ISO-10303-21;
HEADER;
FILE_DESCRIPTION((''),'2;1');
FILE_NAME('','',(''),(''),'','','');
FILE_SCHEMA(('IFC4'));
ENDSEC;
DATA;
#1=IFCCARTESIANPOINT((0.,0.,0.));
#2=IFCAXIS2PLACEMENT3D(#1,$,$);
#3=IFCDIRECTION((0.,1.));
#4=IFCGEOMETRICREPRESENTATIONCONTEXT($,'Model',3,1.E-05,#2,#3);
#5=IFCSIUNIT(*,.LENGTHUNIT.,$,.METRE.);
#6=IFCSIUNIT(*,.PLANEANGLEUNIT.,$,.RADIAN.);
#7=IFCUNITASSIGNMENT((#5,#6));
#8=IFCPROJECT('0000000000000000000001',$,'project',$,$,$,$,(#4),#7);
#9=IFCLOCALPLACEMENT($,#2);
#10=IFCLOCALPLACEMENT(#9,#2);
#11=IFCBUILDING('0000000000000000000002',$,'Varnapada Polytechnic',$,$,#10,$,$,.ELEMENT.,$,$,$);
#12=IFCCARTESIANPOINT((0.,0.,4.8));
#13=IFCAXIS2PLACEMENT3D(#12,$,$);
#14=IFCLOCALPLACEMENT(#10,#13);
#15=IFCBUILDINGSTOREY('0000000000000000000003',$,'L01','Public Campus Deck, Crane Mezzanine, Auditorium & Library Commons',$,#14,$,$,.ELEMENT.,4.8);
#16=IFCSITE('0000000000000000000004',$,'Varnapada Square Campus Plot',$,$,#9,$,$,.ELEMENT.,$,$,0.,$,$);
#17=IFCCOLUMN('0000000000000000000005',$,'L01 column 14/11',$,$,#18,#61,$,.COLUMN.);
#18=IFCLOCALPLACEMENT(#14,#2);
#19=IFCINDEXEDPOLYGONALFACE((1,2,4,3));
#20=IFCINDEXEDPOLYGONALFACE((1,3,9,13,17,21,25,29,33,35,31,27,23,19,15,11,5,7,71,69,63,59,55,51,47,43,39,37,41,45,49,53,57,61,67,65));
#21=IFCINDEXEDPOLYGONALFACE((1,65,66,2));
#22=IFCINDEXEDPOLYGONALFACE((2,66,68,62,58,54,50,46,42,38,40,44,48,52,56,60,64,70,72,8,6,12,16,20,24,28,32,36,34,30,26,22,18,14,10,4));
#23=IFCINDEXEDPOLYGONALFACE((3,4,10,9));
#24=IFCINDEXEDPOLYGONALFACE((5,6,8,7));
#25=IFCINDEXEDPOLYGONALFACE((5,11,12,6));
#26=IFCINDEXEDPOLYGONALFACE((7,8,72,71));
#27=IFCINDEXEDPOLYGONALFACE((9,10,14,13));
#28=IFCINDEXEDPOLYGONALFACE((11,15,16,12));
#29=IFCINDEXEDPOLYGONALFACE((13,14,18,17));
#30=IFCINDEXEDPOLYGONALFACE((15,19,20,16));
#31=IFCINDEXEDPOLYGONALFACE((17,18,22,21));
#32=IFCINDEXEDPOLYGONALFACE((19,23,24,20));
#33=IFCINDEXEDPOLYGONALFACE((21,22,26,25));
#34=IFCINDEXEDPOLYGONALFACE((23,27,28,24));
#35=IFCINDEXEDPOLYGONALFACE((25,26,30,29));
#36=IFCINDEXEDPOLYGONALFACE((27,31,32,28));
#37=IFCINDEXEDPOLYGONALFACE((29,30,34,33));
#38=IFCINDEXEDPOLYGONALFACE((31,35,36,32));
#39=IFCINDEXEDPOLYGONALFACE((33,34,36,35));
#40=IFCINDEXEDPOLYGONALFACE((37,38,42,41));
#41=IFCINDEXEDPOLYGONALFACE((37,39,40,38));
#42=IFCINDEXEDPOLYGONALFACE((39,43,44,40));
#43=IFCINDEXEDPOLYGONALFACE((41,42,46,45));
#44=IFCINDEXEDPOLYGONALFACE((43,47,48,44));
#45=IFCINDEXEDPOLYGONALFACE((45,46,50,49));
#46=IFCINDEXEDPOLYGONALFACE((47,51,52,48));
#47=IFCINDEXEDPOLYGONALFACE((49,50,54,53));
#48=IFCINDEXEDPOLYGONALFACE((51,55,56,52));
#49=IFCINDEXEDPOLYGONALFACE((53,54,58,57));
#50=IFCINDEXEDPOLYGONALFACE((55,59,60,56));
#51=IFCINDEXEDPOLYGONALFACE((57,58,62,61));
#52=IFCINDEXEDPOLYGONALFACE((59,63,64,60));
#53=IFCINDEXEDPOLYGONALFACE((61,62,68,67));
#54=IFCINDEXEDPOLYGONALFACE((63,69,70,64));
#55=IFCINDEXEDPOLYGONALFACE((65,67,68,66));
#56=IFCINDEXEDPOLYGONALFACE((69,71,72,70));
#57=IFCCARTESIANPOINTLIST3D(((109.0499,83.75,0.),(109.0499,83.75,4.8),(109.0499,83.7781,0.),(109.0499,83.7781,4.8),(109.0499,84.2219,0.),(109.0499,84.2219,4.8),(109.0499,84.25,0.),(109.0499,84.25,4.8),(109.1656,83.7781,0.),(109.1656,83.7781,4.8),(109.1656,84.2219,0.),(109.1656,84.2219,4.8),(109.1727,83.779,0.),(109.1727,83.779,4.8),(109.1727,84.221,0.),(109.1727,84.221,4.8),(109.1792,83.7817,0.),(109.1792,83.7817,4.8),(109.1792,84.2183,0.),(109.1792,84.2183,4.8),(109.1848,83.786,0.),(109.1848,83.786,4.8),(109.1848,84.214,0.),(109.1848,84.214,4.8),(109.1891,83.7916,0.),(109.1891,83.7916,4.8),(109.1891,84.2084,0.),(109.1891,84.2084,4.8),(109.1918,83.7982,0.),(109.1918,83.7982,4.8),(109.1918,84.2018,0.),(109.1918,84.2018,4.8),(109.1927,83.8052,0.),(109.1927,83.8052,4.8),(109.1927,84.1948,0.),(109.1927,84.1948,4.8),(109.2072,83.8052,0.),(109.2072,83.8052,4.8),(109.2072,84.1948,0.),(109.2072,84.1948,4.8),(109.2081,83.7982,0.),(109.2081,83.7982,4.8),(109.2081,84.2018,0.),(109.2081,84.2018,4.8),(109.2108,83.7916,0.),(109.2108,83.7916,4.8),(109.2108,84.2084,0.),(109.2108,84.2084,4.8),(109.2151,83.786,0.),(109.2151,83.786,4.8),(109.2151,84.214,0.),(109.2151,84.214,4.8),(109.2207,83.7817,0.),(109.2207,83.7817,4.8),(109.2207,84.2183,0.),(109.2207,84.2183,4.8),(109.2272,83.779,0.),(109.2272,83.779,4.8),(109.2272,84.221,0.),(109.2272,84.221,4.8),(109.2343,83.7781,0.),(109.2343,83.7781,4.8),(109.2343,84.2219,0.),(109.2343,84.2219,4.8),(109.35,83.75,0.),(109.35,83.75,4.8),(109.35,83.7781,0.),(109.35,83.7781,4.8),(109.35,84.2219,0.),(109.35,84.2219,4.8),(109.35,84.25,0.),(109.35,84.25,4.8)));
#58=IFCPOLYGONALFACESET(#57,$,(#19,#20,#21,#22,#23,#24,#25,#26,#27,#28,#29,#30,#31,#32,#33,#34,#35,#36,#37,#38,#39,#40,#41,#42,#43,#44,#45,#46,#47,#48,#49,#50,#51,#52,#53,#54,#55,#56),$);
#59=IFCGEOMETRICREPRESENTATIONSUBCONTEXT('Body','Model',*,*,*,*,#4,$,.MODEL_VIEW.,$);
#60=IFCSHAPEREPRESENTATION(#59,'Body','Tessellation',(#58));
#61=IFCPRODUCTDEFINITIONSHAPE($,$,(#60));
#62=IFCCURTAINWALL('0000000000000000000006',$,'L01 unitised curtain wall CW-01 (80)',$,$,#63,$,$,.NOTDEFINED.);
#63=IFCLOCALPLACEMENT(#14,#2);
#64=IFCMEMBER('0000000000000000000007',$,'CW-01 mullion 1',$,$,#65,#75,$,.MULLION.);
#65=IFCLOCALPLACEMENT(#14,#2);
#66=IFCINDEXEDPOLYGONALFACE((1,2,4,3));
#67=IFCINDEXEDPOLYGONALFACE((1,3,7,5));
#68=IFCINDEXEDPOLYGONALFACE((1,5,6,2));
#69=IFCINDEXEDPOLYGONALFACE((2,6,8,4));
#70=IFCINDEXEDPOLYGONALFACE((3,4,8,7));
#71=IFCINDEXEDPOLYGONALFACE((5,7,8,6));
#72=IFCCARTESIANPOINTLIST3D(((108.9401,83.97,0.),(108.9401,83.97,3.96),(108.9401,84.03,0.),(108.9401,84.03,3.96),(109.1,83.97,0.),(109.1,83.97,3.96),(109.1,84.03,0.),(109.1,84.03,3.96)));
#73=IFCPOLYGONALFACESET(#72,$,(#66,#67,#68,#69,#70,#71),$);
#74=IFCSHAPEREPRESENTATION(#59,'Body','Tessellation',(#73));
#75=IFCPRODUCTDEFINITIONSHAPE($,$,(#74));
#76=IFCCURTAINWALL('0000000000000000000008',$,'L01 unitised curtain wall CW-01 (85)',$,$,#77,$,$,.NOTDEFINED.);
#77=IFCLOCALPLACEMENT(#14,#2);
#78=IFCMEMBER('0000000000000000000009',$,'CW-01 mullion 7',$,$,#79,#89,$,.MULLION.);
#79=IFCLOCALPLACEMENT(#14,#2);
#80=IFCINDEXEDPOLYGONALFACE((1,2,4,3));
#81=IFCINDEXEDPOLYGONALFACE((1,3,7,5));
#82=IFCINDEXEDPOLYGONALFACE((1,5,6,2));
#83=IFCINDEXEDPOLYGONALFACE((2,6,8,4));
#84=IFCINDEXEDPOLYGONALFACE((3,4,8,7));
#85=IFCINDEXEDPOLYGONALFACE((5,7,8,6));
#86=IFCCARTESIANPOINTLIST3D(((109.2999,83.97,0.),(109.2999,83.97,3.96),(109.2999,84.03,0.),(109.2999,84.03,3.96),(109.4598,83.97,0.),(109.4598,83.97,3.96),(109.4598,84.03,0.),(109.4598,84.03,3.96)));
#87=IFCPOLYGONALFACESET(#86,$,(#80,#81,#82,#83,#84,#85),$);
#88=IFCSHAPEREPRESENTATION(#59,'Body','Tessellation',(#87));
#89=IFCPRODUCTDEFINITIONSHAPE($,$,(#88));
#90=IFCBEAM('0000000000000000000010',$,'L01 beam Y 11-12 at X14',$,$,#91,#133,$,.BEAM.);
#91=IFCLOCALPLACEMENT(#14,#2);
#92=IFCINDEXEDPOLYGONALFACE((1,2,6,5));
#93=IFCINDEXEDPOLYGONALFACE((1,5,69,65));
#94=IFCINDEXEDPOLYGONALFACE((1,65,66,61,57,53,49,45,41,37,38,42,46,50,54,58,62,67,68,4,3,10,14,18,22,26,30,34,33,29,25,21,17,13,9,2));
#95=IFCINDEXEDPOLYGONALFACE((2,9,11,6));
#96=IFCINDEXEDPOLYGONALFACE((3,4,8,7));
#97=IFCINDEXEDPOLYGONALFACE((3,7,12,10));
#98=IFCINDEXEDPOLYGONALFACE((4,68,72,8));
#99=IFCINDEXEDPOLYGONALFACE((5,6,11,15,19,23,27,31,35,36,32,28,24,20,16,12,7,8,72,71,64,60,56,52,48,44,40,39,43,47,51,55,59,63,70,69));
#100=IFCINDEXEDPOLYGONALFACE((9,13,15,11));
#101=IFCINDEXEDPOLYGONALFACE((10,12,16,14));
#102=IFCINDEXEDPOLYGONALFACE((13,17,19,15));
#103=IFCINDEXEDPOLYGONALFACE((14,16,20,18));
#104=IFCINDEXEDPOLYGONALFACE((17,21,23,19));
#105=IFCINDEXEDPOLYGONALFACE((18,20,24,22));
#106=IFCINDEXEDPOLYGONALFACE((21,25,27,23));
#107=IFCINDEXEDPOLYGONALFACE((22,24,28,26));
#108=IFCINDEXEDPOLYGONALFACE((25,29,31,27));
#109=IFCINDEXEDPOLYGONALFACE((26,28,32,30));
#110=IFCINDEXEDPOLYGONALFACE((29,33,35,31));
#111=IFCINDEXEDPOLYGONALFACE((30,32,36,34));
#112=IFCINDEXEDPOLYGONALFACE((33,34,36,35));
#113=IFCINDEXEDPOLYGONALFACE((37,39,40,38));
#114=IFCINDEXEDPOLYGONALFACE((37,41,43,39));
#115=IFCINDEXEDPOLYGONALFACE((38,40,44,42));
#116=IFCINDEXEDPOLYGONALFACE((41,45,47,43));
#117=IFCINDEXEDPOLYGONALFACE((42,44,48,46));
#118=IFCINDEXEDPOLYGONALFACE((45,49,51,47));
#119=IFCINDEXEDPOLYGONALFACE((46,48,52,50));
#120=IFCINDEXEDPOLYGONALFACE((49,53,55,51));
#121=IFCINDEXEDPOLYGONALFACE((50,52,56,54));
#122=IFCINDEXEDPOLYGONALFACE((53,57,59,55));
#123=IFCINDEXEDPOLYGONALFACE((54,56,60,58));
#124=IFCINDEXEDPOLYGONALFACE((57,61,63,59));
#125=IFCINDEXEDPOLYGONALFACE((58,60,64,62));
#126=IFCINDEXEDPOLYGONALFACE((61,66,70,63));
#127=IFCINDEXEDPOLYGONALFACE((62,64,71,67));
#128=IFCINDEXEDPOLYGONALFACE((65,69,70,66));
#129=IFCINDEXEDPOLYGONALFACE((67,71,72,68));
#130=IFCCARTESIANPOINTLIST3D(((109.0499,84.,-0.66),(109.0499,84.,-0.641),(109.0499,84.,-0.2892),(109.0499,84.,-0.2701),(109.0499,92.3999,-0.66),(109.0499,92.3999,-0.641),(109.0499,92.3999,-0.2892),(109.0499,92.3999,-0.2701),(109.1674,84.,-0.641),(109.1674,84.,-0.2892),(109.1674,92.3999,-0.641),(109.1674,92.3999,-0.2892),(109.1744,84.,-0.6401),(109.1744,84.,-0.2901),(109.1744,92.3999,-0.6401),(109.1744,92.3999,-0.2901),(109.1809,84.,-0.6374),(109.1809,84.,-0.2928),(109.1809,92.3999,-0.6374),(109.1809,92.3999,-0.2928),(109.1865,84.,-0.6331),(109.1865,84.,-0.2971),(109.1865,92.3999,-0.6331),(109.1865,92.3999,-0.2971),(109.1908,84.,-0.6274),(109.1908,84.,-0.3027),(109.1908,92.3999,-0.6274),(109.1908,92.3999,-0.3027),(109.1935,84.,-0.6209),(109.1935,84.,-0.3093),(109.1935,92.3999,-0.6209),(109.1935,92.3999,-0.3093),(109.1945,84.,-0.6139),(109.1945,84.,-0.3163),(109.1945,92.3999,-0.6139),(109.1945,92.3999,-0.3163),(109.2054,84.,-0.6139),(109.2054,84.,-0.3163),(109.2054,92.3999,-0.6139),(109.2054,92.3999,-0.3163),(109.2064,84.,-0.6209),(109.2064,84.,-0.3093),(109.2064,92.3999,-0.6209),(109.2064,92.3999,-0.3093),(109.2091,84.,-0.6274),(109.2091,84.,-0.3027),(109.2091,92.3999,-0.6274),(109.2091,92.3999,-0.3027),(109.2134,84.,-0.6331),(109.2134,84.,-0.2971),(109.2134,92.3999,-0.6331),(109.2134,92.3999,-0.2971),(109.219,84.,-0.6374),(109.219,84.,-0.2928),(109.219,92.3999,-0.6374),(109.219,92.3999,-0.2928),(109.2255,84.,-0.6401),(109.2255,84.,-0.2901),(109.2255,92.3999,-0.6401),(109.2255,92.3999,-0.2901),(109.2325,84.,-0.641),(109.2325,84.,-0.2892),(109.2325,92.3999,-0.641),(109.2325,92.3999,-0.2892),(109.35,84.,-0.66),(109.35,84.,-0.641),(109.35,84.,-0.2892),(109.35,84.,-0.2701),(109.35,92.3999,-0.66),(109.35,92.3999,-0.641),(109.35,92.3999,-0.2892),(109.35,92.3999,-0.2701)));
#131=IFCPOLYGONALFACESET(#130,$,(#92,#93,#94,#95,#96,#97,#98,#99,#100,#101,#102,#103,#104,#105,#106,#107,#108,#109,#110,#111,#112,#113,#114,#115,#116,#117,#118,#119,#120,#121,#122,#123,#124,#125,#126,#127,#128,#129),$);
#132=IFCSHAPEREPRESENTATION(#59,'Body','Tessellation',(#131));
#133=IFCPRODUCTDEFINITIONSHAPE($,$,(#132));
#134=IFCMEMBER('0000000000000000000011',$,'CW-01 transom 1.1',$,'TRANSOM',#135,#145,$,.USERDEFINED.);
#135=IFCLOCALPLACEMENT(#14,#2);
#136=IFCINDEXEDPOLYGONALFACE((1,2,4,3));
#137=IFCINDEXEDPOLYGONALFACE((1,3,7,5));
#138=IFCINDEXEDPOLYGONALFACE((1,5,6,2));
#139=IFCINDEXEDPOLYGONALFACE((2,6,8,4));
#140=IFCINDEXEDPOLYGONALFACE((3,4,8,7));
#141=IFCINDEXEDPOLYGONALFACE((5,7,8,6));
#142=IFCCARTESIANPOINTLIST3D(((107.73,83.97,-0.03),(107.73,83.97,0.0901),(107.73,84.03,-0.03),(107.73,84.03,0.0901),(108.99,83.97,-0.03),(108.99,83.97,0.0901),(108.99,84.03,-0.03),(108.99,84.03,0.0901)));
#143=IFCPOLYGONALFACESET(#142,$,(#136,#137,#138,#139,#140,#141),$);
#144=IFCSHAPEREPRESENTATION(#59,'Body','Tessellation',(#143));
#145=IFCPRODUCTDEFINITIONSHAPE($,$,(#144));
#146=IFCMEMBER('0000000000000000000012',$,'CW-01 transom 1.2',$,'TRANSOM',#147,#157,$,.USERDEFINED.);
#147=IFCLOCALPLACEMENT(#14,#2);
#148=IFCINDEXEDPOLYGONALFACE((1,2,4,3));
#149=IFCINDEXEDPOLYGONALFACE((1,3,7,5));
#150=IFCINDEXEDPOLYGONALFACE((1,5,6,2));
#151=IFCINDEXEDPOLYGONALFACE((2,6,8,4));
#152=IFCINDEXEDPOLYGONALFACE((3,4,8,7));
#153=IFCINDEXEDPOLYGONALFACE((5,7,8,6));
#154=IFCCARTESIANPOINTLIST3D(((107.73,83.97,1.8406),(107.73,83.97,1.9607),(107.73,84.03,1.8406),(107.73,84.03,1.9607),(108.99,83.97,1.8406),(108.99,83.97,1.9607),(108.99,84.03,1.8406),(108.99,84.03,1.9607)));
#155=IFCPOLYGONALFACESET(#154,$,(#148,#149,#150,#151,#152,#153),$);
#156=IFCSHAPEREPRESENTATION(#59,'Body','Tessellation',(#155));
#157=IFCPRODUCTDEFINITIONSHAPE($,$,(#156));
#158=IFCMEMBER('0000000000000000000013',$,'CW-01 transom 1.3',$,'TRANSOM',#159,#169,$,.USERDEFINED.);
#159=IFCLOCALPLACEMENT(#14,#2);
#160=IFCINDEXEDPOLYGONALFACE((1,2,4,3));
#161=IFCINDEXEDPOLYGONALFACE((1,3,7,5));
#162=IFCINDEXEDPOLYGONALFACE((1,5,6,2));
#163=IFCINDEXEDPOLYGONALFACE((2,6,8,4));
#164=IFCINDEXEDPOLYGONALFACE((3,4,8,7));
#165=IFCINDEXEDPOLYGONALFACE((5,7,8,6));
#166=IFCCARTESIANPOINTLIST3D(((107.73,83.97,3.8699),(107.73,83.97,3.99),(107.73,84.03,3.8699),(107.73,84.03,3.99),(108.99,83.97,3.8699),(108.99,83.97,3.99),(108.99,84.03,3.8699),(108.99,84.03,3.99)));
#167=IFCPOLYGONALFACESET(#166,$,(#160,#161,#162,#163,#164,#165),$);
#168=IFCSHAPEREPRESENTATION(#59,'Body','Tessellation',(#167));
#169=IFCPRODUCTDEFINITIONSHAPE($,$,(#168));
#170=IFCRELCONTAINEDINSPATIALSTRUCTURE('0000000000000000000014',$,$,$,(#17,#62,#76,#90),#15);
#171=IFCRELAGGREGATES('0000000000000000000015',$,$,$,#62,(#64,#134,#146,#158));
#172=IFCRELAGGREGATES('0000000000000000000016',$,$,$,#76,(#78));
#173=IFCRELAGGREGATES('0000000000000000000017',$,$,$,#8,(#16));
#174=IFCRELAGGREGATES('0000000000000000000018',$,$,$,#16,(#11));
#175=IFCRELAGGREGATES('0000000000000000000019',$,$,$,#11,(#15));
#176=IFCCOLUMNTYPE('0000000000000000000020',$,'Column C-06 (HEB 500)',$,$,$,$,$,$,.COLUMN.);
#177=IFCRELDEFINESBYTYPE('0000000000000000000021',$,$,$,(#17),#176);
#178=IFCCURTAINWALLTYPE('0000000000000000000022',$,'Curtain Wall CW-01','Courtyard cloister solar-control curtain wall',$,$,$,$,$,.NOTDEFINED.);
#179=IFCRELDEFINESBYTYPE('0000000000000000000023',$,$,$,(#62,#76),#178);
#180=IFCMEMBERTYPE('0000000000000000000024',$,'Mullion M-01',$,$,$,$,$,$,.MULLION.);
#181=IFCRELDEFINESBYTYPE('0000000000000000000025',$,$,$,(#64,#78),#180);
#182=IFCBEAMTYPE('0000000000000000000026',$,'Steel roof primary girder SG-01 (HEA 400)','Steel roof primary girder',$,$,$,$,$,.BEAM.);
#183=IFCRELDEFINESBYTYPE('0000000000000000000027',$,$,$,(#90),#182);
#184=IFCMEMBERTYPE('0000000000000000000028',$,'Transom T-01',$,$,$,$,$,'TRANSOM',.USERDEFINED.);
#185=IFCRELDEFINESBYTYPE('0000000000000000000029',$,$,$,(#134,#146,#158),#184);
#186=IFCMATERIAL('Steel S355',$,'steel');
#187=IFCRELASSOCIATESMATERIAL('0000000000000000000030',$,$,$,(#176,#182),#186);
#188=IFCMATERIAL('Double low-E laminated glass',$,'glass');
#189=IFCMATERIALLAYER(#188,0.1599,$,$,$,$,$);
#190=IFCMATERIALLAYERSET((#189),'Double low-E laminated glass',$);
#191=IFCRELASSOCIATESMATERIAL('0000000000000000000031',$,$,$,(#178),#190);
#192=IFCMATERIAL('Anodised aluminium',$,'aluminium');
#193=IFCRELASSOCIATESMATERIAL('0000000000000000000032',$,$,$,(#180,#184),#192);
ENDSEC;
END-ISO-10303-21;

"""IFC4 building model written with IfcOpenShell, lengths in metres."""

from ifc_helpers import new_model, si_unit, direction, frame, origin, origin_2d, place, context, subcontext, project, spatial, rectangle, i_section, extrude, material, layer, layer_set, material_profile, profile_set, type_object, element, aggregate, save


model = new_model("IFC4")

# Units and contexts
model_context = context("Model", 3, precision=1e-05, world=origin(), true_north=direction((0.0, 1.0)))
body_context = subcontext(model_context, "Body", "Model", "MODEL_VIEW")
ifc_project = project(units=[si_unit("LENGTHUNIT", "METRE"), si_unit("PLANEANGLEUNIT", "RADIAN")], contexts=[model_context])

# Site, building, storey
site_placement = place(None, origin())
site = spatial("IfcSite", under=ifc_project, at=site_placement, Name="Varnapada Square Campus Plot", CompositionType="ELEMENT", RefElevation=0.0)
building_placement = place(site_placement, origin())
building = spatial("IfcBuilding", under=site, at=building_placement, Name="Varnapada Polytechnic", CompositionType="ELEMENT")
storey_placement = place(building_placement, frame((0.0, 0.0, 4.8)))
storey = spatial("IfcBuildingStorey", under=building, at=storey_placement, Name="L01", Description="Public Campus Deck, Crane Mezzanine, Auditorium & Library Commons", CompositionType="ELEMENT", Elevation=4.8)

# Column
ifc_material_1 = material(Name="Steel S355", Category="steel")
ifc_material_profile_1 = material_profile(ifc_material_1, i_section(OverallWidth=0.3, OverallDepth=0.5, WebThickness=0.0144, FlangeThickness=0.0281, FilletRadius=0.0271, at=origin_2d()), Name="HEB 500")
ifc_profile_set_1 = profile_set([ifc_material_profile_1], Name="Steel S355")
column_type = type_object("IfcColumnType", Name="Column C-06 (HEB 500)", PredefinedType="COLUMN", material=ifc_profile_set_1)
column_placement = place(storey_placement, frame((109.2, 84.0, 0.0), z_axis=(0.0, 0.0, 1.0), x_axis=(1.0, 0.0, 0.0)))
element("IfcColumn", 1, at=column_placement, inside=storey, type_object=column_type, Name="L01 column 14/11", PredefinedType="COLUMN", context=body_context, shape_type="SweptSolid", body=[
    extrude(i_section(OverallWidth=0.3, OverallDepth=0.5, WebThickness=0.0144, FlangeThickness=0.0281, FilletRadius=0.0271, at=origin_2d()), origin(), (0.0, 0.0, 1.0), 4.8),
])

# Curtain walls, members
ifc_material_2 = material(Name="Double low-E laminated glass", Category="glass")
ifc_layer_1 = layer(ifc_material_2, 0.1599)
ifc_layer_set_1 = layer_set([ifc_layer_1], Name="Double low-E laminated glass")
curtain_wall_type = type_object("IfcCurtainWallType", Name="Curtain Wall CW-01", Description="Courtyard cloister solar-control curtain wall", PredefinedType="NOTDEFINED", material=ifc_layer_set_1)
curtain_wall_1_placement = place(storey_placement, origin())
curtain_wall_1 = element("IfcCurtainWall", 2, at=curtain_wall_1_placement, inside=storey, type_object=curtain_wall_type, Name="L01 unitised curtain wall CW-01 (80)", PredefinedType="NOTDEFINED")
ifc_material_3 = material(Name="Anodised aluminium", Category="aluminium")
ifc_material_profile_2 = material_profile(ifc_material_3, rectangle(XDim=0.0601, YDim=0.1599, at=origin_2d()), Name="ALU M60x160")
ifc_profile_set_2 = profile_set([ifc_material_profile_2], Name="Anodised aluminium")
member_type_1 = type_object("IfcMemberType", Name="Mullion M-01", PredefinedType="MULLION", material=ifc_profile_set_2)
member_1_placement = place(storey_placement, frame((109.02, 84.0, 0.0), z_axis=(0.0, 0.0, 1.0), x_axis=(0.0, -1.0, 0.0)))
member_1 = element("IfcMember", 3, at=member_1_placement, type_object=member_type_1, Name="CW-01 mullion 1", PredefinedType="MULLION", context=body_context, shape_type="SweptSolid", body=[
    extrude(rectangle(XDim=0.0601, YDim=0.1599, at=origin_2d()), origin(), (0.0, 0.0, 1.0), 3.96),
])
curtain_wall_2_placement = place(storey_placement, origin())
curtain_wall_2 = element("IfcCurtainWall", 4, at=curtain_wall_2_placement, inside=storey, type_object=curtain_wall_type, Name="L01 unitised curtain wall CW-01 (85)", PredefinedType="NOTDEFINED")
member_2_placement = place(storey_placement, frame((109.3799, 84.0, 0.0), z_axis=(0.0, 0.0, 1.0), x_axis=(0.0, -1.0, 0.0)))
member_2 = element("IfcMember", 5, at=member_2_placement, type_object=member_type_1, Name="CW-01 mullion 7", PredefinedType="MULLION", context=body_context, shape_type="SweptSolid", body=[
    extrude(rectangle(XDim=0.0601, YDim=0.1599, at=origin_2d()), origin(), (0.0, 0.0, 1.0), 3.96),
])

# Beam
ifc_material_profile_3 = material_profile(ifc_material_1, i_section(OverallWidth=0.3, OverallDepth=0.3899, WebThickness=0.011, FlangeThickness=0.019, FilletRadius=0.0271, at=origin_2d()), Name="HEA 400")
ifc_profile_set_3 = profile_set([ifc_material_profile_3], Name="Steel S355")
beam_type_1 = type_object("IfcBeamType", Name="Steel roof primary girder SG-01 (HEA 400)", Description="Steel roof primary girder", PredefinedType="BEAM", material=ifc_profile_set_3)
beam_1_placement = place(storey_placement, frame((109.2, 84.0, -0.4651), z_axis=(0.0, 1.0, 0.0), x_axis=(-1.0, 0.0, 0.0)))
element("IfcBeam", 6, at=beam_1_placement, inside=storey, type_object=beam_type_1, Name="L01 beam Y 11-12 at X14", PredefinedType="BEAM", context=body_context, shape_type="SweptSolid", body=[
    extrude(i_section(OverallWidth=0.3, OverallDepth=0.3899, WebThickness=0.011, FlangeThickness=0.019, FilletRadius=0.0271, at=origin_2d()), origin(), (0.0, 0.0, 1.0), 8.3999),
])

# Members
ifc_material_profile_4 = material_profile(ifc_material_3, rectangle(XDim=0.0601, YDim=0.1201, at=origin_2d()), Name="ALU T60x120")
ifc_profile_set_4 = profile_set([ifc_material_profile_4], Name="Anodised aluminium")
member_type_2 = type_object("IfcMemberType", Name="Transom T-01", ElementType="TRANSOM", PredefinedType="USERDEFINED", material=ifc_profile_set_4)
member_3_placement = place(storey_placement, frame((108.99, 84.0, 0.03), z_axis=(-1.0, 0.0, 0.0), x_axis=(0.0, -1.0, 0.0)))
member_3 = element("IfcMember", 7, at=member_3_placement, type_object=member_type_2, Name="CW-01 transom 1.1", ObjectType="TRANSOM", PredefinedType="USERDEFINED", context=body_context, shape_type="SweptSolid", body=[
    extrude(rectangle(XDim=0.0601, YDim=0.1201, at=origin_2d()), origin(), (0.0, 0.0, 1.0), 1.26),
])
member_4_placement = place(storey_placement, frame((108.99, 84.0, 1.9006), z_axis=(-1.0, 0.0, 0.0), x_axis=(0.0, -1.0, 0.0)))
member_4 = element("IfcMember", 8, at=member_4_placement, type_object=member_type_2, Name="CW-01 transom 1.2", ObjectType="TRANSOM", PredefinedType="USERDEFINED", context=body_context, shape_type="SweptSolid", body=[
    extrude(rectangle(XDim=0.0601, YDim=0.1201, at=origin_2d()), origin(), (0.0, 0.0, 1.0), 1.26),
])
member_5_placement = place(storey_placement, frame((108.99, 84.0, 3.9299), z_axis=(-1.0, 0.0, 0.0), x_axis=(0.0, -1.0, 0.0)))
member_5 = element("IfcMember", 9, at=member_5_placement, type_object=member_type_2, Name="CW-01 transom 1.3", ObjectType="TRANSOM", PredefinedType="USERDEFINED", context=body_context, shape_type="SweptSolid", body=[
    extrude(rectangle(XDim=0.0601, YDim=0.1201, at=origin_2d()), origin(), (0.0, 0.0, 1.0), 1.26),
])

aggregate(curtain_wall_1, [member_1, member_3, member_4, member_5])
aggregate(curtain_wall_2, [member_2])

save(model, "model.ifc")
